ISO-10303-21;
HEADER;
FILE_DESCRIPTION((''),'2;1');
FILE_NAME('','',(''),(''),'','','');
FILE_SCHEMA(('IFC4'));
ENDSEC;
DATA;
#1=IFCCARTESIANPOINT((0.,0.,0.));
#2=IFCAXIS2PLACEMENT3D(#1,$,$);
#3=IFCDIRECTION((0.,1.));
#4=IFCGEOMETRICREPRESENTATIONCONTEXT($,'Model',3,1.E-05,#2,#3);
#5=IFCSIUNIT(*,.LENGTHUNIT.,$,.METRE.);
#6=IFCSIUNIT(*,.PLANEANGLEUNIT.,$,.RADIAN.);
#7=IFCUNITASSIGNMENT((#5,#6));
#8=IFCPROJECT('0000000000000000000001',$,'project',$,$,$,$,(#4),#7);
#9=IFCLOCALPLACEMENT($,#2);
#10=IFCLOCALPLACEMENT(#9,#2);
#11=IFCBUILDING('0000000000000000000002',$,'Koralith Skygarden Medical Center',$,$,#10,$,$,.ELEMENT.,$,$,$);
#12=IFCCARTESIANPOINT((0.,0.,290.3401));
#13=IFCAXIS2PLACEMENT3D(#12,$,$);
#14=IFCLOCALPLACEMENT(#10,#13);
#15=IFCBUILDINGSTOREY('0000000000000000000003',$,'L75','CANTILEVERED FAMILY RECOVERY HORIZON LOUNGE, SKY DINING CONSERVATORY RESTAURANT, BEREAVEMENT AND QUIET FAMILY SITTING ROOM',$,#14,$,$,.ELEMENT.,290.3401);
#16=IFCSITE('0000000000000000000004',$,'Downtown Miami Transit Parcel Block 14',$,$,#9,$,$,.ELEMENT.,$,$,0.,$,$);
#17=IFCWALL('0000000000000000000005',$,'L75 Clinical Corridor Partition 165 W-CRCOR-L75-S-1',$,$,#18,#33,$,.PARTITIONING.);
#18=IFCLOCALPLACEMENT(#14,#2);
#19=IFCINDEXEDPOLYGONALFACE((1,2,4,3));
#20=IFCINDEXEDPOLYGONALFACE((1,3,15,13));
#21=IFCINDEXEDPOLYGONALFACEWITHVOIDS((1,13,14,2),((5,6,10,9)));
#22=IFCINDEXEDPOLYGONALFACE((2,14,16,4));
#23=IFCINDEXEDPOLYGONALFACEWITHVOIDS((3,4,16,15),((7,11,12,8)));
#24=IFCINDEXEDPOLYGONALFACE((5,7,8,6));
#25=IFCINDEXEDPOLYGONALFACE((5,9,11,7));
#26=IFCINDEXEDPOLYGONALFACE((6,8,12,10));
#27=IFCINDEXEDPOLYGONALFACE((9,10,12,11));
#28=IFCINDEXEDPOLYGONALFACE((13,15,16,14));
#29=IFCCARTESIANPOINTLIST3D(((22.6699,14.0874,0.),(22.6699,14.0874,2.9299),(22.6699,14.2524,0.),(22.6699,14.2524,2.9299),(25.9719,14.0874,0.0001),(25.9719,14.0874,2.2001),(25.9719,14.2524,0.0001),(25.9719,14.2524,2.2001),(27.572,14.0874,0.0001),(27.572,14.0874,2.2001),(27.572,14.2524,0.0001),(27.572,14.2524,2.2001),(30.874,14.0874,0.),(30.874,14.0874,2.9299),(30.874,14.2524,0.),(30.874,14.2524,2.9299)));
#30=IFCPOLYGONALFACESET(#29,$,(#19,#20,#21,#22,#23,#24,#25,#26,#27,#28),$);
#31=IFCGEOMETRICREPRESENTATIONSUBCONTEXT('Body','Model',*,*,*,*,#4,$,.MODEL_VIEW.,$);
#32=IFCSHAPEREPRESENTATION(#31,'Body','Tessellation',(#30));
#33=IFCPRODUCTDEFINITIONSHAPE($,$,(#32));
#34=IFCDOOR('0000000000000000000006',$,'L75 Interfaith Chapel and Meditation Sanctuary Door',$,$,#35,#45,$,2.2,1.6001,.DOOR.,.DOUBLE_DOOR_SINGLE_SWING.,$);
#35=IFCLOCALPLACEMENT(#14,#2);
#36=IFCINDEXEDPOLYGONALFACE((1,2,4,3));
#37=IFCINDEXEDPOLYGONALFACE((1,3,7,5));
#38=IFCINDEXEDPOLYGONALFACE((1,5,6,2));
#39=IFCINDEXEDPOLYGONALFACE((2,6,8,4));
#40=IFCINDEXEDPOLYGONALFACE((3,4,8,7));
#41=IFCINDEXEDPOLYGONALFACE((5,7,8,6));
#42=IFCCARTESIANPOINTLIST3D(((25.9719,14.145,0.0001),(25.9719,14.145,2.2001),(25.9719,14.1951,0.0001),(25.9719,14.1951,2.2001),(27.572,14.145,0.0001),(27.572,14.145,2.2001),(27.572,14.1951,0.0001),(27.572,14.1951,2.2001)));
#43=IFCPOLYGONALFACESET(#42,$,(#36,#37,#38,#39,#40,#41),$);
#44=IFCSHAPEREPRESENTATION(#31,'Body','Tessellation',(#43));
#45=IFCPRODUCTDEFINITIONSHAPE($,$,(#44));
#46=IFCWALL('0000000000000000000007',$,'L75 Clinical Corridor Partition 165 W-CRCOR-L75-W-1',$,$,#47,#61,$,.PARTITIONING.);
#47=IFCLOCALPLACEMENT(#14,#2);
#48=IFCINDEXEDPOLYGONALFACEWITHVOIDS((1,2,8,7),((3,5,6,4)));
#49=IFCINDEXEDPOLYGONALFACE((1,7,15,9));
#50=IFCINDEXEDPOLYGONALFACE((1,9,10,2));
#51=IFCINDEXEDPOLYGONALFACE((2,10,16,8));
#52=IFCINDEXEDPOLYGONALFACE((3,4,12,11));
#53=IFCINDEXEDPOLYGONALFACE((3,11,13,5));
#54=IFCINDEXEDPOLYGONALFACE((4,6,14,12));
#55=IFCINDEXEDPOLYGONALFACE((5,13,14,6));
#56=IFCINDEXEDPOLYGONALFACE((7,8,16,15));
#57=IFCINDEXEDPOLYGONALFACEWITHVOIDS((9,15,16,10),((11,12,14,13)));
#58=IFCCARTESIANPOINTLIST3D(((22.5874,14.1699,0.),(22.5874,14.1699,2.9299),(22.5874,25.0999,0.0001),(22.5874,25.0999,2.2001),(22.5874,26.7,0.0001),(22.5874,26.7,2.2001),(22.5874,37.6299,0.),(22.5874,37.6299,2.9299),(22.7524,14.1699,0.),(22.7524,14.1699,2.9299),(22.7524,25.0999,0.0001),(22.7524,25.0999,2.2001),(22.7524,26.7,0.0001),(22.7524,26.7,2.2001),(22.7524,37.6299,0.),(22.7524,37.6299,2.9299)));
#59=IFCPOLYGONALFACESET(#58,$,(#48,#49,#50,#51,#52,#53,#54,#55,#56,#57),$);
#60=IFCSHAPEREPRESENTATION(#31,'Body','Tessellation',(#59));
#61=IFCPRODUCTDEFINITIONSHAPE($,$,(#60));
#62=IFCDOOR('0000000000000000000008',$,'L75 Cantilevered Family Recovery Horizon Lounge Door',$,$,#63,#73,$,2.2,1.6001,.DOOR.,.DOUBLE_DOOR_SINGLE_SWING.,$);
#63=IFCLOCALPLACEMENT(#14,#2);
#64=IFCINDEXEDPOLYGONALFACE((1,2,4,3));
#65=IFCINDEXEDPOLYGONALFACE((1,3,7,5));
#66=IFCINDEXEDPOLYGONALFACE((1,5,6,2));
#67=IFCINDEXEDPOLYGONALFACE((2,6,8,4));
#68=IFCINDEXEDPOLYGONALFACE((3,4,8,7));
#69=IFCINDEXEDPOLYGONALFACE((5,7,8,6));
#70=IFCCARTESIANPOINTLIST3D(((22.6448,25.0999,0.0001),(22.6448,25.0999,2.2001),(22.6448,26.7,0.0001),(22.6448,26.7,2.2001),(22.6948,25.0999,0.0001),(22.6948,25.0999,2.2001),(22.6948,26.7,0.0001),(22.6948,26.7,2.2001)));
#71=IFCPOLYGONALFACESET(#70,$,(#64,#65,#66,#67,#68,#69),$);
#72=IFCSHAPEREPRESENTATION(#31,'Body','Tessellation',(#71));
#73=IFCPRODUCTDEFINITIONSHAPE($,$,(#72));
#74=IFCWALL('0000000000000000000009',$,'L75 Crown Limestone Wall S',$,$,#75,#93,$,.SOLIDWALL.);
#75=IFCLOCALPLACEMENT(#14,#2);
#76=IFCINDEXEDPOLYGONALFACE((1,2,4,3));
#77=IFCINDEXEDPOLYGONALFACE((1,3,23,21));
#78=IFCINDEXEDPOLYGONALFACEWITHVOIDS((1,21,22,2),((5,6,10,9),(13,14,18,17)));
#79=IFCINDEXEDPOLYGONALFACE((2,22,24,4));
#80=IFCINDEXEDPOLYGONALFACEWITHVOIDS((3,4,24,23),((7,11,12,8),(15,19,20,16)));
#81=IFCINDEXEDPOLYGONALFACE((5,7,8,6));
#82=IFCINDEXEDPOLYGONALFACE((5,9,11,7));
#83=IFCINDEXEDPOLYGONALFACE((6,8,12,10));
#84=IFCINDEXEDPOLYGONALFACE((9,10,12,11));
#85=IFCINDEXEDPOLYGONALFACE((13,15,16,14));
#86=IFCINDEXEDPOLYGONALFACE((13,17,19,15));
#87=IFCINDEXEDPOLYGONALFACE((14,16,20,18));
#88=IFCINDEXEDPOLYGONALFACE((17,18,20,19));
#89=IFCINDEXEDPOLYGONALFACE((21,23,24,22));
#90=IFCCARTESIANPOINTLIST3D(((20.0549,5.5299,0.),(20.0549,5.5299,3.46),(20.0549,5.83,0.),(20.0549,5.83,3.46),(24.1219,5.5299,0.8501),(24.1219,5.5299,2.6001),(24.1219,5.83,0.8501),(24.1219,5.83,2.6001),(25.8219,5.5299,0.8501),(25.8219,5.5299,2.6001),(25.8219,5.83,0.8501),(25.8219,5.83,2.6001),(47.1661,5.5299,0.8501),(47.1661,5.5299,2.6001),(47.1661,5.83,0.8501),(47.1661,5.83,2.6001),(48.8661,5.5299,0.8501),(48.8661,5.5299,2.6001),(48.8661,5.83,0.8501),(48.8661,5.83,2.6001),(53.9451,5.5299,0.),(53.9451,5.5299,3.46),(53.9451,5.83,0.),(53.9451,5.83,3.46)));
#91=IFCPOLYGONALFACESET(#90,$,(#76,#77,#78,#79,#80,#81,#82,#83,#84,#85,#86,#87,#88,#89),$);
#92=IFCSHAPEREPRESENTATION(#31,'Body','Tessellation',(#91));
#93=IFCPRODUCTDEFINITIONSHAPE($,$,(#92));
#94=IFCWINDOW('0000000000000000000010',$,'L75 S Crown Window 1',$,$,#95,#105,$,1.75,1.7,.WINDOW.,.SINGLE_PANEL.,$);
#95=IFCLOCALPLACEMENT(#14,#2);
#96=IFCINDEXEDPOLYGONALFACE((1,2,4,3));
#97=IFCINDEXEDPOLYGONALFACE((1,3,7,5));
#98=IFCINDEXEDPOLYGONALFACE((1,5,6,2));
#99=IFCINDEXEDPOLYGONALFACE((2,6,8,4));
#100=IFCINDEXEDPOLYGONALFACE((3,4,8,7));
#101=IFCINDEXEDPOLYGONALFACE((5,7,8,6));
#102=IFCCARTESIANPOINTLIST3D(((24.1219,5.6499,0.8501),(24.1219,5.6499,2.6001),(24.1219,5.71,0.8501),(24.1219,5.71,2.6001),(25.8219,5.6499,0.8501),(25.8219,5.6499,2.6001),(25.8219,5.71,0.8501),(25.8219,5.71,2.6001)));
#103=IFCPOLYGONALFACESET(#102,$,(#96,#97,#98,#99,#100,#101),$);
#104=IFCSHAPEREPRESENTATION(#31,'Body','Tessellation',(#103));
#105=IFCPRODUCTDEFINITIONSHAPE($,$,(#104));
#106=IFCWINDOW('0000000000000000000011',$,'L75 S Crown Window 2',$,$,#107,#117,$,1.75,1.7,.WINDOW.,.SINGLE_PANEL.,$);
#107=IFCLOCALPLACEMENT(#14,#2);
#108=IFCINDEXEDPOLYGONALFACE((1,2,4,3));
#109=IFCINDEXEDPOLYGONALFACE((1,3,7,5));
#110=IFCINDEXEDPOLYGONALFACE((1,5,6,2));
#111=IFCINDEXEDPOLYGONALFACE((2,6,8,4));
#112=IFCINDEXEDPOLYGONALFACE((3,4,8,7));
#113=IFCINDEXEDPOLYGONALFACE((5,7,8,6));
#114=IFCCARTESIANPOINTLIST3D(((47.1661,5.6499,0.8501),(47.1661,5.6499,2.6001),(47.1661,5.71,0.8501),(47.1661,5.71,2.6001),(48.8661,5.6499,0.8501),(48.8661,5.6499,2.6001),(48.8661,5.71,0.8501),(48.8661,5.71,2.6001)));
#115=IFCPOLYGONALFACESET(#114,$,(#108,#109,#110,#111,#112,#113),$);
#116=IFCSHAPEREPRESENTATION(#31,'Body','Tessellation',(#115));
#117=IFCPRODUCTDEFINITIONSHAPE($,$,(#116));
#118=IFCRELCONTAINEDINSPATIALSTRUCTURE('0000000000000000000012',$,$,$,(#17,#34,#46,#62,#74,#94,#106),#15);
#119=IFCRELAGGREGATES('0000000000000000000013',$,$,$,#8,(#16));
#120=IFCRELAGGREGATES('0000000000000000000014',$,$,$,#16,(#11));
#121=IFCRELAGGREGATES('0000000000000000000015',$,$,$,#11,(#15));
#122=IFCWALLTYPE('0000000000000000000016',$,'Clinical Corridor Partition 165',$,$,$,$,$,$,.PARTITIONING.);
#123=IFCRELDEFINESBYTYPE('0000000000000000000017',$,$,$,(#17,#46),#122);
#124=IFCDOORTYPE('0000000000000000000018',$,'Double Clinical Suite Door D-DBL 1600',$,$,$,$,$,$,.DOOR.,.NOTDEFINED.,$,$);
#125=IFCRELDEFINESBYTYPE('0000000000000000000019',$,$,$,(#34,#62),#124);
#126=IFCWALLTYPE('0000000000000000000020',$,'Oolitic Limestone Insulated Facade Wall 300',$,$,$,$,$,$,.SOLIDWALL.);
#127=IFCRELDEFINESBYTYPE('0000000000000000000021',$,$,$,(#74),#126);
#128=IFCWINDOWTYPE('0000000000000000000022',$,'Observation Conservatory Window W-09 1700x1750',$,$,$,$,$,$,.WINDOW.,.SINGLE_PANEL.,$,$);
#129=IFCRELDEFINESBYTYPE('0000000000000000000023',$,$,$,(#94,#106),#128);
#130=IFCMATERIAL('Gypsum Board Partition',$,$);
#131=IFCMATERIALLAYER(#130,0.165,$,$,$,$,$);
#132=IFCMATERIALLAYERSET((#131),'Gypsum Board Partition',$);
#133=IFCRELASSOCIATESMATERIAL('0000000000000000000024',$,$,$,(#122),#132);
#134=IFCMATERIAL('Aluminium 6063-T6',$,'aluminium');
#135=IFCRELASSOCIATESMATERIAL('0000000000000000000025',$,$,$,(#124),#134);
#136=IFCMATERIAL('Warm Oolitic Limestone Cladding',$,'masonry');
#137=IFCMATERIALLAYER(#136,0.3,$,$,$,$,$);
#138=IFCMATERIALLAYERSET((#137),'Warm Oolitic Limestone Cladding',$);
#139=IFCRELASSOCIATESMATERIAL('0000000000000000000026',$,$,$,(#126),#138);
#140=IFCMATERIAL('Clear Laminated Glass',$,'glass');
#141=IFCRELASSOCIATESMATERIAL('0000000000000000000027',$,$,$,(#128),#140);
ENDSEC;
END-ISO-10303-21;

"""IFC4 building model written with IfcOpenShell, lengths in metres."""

from ifc_helpers import new_model, si_unit, direction, frame, frame_2d, origin, place, context, subcontext, project, spatial, rectangle, extrude, material, layer, layer_set, type_object, element, fill, save


model = new_model("IFC4")

# Units and contexts
model_context = context("Model", 3, precision=1e-05, world=origin(), true_north=direction((0.0, 1.0)))
body_context = subcontext(model_context, "Body", "Model", "MODEL_VIEW")
ifc_project = project(units=[si_unit("LENGTHUNIT", "METRE"), si_unit("PLANEANGLEUNIT", "RADIAN")], contexts=[model_context])

# Site, building, storey
site_placement = place(None, origin())
site = spatial("IfcSite", under=ifc_project, at=site_placement, Name="Downtown Miami Transit Parcel Block 14", CompositionType="ELEMENT", RefElevation=0.0)
building_placement = place(site_placement, origin())
building = spatial("IfcBuilding", under=site, at=building_placement, Name="Koralith Skygarden Medical Center", CompositionType="ELEMENT")
storey_placement = place(building_placement, frame((0.0, 0.0, 290.3401)))
storey = spatial("IfcBuildingStorey", under=building, at=storey_placement, Name="L75", Description="CANTILEVERED FAMILY RECOVERY HORIZON LOUNGE, SKY DINING CONSERVATORY RESTAURANT, BEREAVEMENT AND QUIET FAMILY SITTING ROOM", CompositionType="ELEMENT", Elevation=290.3401)

# Shared definitions
ifc_material_1 = material(Name="Clear Laminated Glass", Category="glass")
ifc_material_2 = material(Name="Aluminium 6063-T6", Category="aluminium")

# Shared definitions
ifc_material_3 = material(Name="Warm Oolitic Limestone Cladding", Category="masonry")

# Shared definitions
ifc_material_4 = material(Name="Gypsum Board Partition")

# Walls, openings, doors
ifc_layer_1 = layer(ifc_material_4, 0.165)
ifc_layer_set_1 = layer_set([ifc_layer_1], Name="Gypsum Board Partition")
wall_type_1 = type_object("IfcWallType", Name="Clinical Corridor Partition 165", PredefinedType="PARTITIONING", material=ifc_layer_set_1)
wall_1_placement = place(storey_placement, frame((22.6699, 14.1699, 0.0), z_axis=(0.0, 0.0, 1.0), x_axis=(1.0, 0.0, 0.0)))
wall_1 = element("IfcWall", 1, at=wall_1_placement, inside=storey, type_object=wall_type_1, Name="L75 Clinical Corridor Partition 165 W-CRCOR-L75-S-1", PredefinedType="PARTITIONING", context=body_context, shape_type="SweptSolid", body=[
    extrude(rectangle(XDim=8.2041, YDim=0.165, at=frame_2d((4.1021, 0.0))), origin(), (0.0, 0.0, 1.0), 2.9299),
])
opening_1_placement = place(wall_1_placement, frame((3.302, 0.0, 0.0)))
opening_1 = element("IfcOpeningElement", 2, at=opening_1_placement, cuts=wall_1, PredefinedType="OPENING", context=body_context, shape_type="SweptSolid", body=[
    extrude(rectangle(XDim=1.6001, YDim=2.2, at=frame_2d((0.8, 1.1001))), frame((0.0, 0.0925, 0.0), z_axis=(0.0, -1.0, 0.0), x_axis=(1.0, 0.0, 0.0)), (0.0, 0.0, 1.0), 0.1851),
])
door_type = type_object("IfcDoorType", Name="Double Clinical Suite Door D-DBL 1600", OperationType="NOTDEFINED", PredefinedType="DOOR", material=ifc_material_2)
door_1_placement = place(opening_1_placement, frame((1.6001, 0.0, 0.0), z_axis=(0.0, 0.0, 1.0), x_axis=(-1.0, 0.0, 0.0)))
door_1 = element("IfcDoor", 3, at=door_1_placement, inside=storey, type_object=door_type, Name="L75 Interfaith Chapel and Meditation Sanctuary Door", OperationType="DOUBLE_DOOR_SINGLE_SWING", OverallHeight=2.2, OverallWidth=1.6001, PredefinedType="DOOR", context=body_context, shape_type="SweptSolid", body=[
    extrude(rectangle(XDim=1.6001, YDim=2.2, at=frame_2d((0.8, 1.1001))), frame((0.0, 0.0249, 0.0), z_axis=(0.0, -1.0, 0.0), x_axis=(1.0, 0.0, 0.0)), (0.0, 0.0, 1.0), 0.05),
])
fill(opening_1, door_1)
wall_2_placement = place(storey_placement, frame((22.6699, 14.1699, 0.0), z_axis=(0.0, 0.0, 1.0), x_axis=(0.0, 1.0, 0.0)))
wall_2 = element("IfcWall", 4, at=wall_2_placement, inside=storey, type_object=wall_type_1, Name="L75 Clinical Corridor Partition 165 W-CRCOR-L75-W-1", PredefinedType="PARTITIONING", context=body_context, shape_type="SweptSolid", body=[
    extrude(rectangle(XDim=23.46, YDim=0.165, at=frame_2d((11.73, 0.0))), origin(), (0.0, 0.0, 1.0), 2.9299),
])
opening_2_placement = place(wall_2_placement, frame((10.9299, 0.0, 0.0)))
opening_2 = element("IfcOpeningElement", 5, at=opening_2_placement, cuts=wall_2, PredefinedType="OPENING", context=body_context, shape_type="SweptSolid", body=[
    extrude(rectangle(XDim=1.6001, YDim=2.2, at=frame_2d((0.8, 1.1001))), frame((0.0, 0.0925, 0.0), z_axis=(0.0, -1.0, 0.0), x_axis=(1.0, 0.0, 0.0)), (0.0, 0.0, 1.0), 0.1851),
])
door_2_placement = place(opening_2_placement, frame((1.6001, 0.0, 0.0), z_axis=(0.0, 0.0, 1.0), x_axis=(-1.0, 0.0, 0.0)))
door_2 = element("IfcDoor", 6, at=door_2_placement, inside=storey, type_object=door_type, Name="L75 Cantilevered Family Recovery Horizon Lounge Door", OperationType="DOUBLE_DOOR_SINGLE_SWING", OverallHeight=2.2, OverallWidth=1.6001, PredefinedType="DOOR", context=body_context, shape_type="SweptSolid", body=[
    extrude(rectangle(XDim=1.6001, YDim=2.2, at=frame_2d((0.8, 1.1001))), frame((0.0, 0.0249, 0.0), z_axis=(0.0, -1.0, 0.0), x_axis=(1.0, 0.0, 0.0)), (0.0, 0.0, 1.0), 0.05),
])
fill(opening_2, door_2)

# Wall, openings, windows
ifc_layer_2 = layer(ifc_material_3, 0.3)
ifc_layer_set_2 = layer_set([ifc_layer_2], Name="Warm Oolitic Limestone Cladding")
wall_type_2 = type_object("IfcWallType", Name="Oolitic Limestone Insulated Facade Wall 300", PredefinedType="SOLIDWALL", material=ifc_layer_set_2)
wall_3_placement = place(storey_placement, frame((20.0549, 5.6799, 0.0), z_axis=(0.0, 0.0, 1.0), x_axis=(1.0, 0.0, 0.0)))
wall_3 = element("IfcWall", 7, at=wall_3_placement, inside=storey, type_object=wall_type_2, Name="L75 Crown Limestone Wall S", PredefinedType="SOLIDWALL", context=body_context, shape_type="SweptSolid", body=[
    extrude(rectangle(XDim=33.8901, YDim=0.3, at=frame_2d((16.9451, 0.0))), origin(), (0.0, 0.0, 1.0), 3.46),
])
opening_3_placement = place(wall_3_placement, frame((4.0669, 0.0, 0.8501)))
opening_3 = element("IfcOpeningElement", 8, at=opening_3_placement, cuts=wall_3, PredefinedType="OPENING", context=body_context, shape_type="SweptSolid", body=[
    extrude(rectangle(XDim=1.7, YDim=1.75, at=frame_2d((0.8501, 0.875))), frame((0.0, 0.1599, 0.0), z_axis=(0.0, -1.0, 0.0), x_axis=(1.0, 0.0, 0.0)), (0.0, 0.0, 1.0), 0.3201),
])
opening_4_placement = place(wall_3_placement, frame((27.1111, 0.0, 0.8501)))
opening_4 = element("IfcOpeningElement", 9, at=opening_4_placement, cuts=wall_3, PredefinedType="OPENING", context=body_context, shape_type="SweptSolid", body=[
    extrude(rectangle(XDim=1.7, YDim=1.75, at=frame_2d((0.8501, 0.875))), frame((0.0, 0.1599, 0.0), z_axis=(0.0, -1.0, 0.0), x_axis=(1.0, 0.0, 0.0)), (0.0, 0.0, 1.0), 0.3201),
])
window_type = type_object("IfcWindowType", Name="Observation Conservatory Window W-09 1700x1750", PartitioningType="SINGLE_PANEL", PredefinedType="WINDOW", material=ifc_material_1)
window_1_placement = place(opening_3_placement, origin())
window_1 = element("IfcWindow", 10, at=window_1_placement, inside=storey, type_object=window_type, Name="L75 S Crown Window 1", OverallHeight=1.75, OverallWidth=1.7, PartitioningType="SINGLE_PANEL", PredefinedType="WINDOW", context=body_context, shape_type="SweptSolid", body=[
    extrude(rectangle(XDim=1.7, YDim=1.75, at=frame_2d((0.8501, 0.875))), frame((0.0, 0.03, 0.0), z_axis=(0.0, -1.0, 0.0), x_axis=(1.0, 0.0, 0.0)), (0.0, 0.0, 1.0), 0.0601),
])
fill(opening_3, window_1)
window_2_placement = place(opening_4_placement, origin())
window_2 = element("IfcWindow", 11, at=window_2_placement, inside=storey, type_object=window_type, Name="L75 S Crown Window 2", OverallHeight=1.75, OverallWidth=1.7, PartitioningType="SINGLE_PANEL", PredefinedType="WINDOW", context=body_context, shape_type="SweptSolid", body=[
    extrude(rectangle(XDim=1.7, YDim=1.75, at=frame_2d((0.8501, 0.875))), frame((0.0, 0.03, 0.0), z_axis=(0.0, -1.0, 0.0), x_axis=(1.0, 0.0, 0.0)), (0.0, 0.0, 1.0), 0.0601),
])
fill(opening_4, window_2)

save(model, "model.ifc")
